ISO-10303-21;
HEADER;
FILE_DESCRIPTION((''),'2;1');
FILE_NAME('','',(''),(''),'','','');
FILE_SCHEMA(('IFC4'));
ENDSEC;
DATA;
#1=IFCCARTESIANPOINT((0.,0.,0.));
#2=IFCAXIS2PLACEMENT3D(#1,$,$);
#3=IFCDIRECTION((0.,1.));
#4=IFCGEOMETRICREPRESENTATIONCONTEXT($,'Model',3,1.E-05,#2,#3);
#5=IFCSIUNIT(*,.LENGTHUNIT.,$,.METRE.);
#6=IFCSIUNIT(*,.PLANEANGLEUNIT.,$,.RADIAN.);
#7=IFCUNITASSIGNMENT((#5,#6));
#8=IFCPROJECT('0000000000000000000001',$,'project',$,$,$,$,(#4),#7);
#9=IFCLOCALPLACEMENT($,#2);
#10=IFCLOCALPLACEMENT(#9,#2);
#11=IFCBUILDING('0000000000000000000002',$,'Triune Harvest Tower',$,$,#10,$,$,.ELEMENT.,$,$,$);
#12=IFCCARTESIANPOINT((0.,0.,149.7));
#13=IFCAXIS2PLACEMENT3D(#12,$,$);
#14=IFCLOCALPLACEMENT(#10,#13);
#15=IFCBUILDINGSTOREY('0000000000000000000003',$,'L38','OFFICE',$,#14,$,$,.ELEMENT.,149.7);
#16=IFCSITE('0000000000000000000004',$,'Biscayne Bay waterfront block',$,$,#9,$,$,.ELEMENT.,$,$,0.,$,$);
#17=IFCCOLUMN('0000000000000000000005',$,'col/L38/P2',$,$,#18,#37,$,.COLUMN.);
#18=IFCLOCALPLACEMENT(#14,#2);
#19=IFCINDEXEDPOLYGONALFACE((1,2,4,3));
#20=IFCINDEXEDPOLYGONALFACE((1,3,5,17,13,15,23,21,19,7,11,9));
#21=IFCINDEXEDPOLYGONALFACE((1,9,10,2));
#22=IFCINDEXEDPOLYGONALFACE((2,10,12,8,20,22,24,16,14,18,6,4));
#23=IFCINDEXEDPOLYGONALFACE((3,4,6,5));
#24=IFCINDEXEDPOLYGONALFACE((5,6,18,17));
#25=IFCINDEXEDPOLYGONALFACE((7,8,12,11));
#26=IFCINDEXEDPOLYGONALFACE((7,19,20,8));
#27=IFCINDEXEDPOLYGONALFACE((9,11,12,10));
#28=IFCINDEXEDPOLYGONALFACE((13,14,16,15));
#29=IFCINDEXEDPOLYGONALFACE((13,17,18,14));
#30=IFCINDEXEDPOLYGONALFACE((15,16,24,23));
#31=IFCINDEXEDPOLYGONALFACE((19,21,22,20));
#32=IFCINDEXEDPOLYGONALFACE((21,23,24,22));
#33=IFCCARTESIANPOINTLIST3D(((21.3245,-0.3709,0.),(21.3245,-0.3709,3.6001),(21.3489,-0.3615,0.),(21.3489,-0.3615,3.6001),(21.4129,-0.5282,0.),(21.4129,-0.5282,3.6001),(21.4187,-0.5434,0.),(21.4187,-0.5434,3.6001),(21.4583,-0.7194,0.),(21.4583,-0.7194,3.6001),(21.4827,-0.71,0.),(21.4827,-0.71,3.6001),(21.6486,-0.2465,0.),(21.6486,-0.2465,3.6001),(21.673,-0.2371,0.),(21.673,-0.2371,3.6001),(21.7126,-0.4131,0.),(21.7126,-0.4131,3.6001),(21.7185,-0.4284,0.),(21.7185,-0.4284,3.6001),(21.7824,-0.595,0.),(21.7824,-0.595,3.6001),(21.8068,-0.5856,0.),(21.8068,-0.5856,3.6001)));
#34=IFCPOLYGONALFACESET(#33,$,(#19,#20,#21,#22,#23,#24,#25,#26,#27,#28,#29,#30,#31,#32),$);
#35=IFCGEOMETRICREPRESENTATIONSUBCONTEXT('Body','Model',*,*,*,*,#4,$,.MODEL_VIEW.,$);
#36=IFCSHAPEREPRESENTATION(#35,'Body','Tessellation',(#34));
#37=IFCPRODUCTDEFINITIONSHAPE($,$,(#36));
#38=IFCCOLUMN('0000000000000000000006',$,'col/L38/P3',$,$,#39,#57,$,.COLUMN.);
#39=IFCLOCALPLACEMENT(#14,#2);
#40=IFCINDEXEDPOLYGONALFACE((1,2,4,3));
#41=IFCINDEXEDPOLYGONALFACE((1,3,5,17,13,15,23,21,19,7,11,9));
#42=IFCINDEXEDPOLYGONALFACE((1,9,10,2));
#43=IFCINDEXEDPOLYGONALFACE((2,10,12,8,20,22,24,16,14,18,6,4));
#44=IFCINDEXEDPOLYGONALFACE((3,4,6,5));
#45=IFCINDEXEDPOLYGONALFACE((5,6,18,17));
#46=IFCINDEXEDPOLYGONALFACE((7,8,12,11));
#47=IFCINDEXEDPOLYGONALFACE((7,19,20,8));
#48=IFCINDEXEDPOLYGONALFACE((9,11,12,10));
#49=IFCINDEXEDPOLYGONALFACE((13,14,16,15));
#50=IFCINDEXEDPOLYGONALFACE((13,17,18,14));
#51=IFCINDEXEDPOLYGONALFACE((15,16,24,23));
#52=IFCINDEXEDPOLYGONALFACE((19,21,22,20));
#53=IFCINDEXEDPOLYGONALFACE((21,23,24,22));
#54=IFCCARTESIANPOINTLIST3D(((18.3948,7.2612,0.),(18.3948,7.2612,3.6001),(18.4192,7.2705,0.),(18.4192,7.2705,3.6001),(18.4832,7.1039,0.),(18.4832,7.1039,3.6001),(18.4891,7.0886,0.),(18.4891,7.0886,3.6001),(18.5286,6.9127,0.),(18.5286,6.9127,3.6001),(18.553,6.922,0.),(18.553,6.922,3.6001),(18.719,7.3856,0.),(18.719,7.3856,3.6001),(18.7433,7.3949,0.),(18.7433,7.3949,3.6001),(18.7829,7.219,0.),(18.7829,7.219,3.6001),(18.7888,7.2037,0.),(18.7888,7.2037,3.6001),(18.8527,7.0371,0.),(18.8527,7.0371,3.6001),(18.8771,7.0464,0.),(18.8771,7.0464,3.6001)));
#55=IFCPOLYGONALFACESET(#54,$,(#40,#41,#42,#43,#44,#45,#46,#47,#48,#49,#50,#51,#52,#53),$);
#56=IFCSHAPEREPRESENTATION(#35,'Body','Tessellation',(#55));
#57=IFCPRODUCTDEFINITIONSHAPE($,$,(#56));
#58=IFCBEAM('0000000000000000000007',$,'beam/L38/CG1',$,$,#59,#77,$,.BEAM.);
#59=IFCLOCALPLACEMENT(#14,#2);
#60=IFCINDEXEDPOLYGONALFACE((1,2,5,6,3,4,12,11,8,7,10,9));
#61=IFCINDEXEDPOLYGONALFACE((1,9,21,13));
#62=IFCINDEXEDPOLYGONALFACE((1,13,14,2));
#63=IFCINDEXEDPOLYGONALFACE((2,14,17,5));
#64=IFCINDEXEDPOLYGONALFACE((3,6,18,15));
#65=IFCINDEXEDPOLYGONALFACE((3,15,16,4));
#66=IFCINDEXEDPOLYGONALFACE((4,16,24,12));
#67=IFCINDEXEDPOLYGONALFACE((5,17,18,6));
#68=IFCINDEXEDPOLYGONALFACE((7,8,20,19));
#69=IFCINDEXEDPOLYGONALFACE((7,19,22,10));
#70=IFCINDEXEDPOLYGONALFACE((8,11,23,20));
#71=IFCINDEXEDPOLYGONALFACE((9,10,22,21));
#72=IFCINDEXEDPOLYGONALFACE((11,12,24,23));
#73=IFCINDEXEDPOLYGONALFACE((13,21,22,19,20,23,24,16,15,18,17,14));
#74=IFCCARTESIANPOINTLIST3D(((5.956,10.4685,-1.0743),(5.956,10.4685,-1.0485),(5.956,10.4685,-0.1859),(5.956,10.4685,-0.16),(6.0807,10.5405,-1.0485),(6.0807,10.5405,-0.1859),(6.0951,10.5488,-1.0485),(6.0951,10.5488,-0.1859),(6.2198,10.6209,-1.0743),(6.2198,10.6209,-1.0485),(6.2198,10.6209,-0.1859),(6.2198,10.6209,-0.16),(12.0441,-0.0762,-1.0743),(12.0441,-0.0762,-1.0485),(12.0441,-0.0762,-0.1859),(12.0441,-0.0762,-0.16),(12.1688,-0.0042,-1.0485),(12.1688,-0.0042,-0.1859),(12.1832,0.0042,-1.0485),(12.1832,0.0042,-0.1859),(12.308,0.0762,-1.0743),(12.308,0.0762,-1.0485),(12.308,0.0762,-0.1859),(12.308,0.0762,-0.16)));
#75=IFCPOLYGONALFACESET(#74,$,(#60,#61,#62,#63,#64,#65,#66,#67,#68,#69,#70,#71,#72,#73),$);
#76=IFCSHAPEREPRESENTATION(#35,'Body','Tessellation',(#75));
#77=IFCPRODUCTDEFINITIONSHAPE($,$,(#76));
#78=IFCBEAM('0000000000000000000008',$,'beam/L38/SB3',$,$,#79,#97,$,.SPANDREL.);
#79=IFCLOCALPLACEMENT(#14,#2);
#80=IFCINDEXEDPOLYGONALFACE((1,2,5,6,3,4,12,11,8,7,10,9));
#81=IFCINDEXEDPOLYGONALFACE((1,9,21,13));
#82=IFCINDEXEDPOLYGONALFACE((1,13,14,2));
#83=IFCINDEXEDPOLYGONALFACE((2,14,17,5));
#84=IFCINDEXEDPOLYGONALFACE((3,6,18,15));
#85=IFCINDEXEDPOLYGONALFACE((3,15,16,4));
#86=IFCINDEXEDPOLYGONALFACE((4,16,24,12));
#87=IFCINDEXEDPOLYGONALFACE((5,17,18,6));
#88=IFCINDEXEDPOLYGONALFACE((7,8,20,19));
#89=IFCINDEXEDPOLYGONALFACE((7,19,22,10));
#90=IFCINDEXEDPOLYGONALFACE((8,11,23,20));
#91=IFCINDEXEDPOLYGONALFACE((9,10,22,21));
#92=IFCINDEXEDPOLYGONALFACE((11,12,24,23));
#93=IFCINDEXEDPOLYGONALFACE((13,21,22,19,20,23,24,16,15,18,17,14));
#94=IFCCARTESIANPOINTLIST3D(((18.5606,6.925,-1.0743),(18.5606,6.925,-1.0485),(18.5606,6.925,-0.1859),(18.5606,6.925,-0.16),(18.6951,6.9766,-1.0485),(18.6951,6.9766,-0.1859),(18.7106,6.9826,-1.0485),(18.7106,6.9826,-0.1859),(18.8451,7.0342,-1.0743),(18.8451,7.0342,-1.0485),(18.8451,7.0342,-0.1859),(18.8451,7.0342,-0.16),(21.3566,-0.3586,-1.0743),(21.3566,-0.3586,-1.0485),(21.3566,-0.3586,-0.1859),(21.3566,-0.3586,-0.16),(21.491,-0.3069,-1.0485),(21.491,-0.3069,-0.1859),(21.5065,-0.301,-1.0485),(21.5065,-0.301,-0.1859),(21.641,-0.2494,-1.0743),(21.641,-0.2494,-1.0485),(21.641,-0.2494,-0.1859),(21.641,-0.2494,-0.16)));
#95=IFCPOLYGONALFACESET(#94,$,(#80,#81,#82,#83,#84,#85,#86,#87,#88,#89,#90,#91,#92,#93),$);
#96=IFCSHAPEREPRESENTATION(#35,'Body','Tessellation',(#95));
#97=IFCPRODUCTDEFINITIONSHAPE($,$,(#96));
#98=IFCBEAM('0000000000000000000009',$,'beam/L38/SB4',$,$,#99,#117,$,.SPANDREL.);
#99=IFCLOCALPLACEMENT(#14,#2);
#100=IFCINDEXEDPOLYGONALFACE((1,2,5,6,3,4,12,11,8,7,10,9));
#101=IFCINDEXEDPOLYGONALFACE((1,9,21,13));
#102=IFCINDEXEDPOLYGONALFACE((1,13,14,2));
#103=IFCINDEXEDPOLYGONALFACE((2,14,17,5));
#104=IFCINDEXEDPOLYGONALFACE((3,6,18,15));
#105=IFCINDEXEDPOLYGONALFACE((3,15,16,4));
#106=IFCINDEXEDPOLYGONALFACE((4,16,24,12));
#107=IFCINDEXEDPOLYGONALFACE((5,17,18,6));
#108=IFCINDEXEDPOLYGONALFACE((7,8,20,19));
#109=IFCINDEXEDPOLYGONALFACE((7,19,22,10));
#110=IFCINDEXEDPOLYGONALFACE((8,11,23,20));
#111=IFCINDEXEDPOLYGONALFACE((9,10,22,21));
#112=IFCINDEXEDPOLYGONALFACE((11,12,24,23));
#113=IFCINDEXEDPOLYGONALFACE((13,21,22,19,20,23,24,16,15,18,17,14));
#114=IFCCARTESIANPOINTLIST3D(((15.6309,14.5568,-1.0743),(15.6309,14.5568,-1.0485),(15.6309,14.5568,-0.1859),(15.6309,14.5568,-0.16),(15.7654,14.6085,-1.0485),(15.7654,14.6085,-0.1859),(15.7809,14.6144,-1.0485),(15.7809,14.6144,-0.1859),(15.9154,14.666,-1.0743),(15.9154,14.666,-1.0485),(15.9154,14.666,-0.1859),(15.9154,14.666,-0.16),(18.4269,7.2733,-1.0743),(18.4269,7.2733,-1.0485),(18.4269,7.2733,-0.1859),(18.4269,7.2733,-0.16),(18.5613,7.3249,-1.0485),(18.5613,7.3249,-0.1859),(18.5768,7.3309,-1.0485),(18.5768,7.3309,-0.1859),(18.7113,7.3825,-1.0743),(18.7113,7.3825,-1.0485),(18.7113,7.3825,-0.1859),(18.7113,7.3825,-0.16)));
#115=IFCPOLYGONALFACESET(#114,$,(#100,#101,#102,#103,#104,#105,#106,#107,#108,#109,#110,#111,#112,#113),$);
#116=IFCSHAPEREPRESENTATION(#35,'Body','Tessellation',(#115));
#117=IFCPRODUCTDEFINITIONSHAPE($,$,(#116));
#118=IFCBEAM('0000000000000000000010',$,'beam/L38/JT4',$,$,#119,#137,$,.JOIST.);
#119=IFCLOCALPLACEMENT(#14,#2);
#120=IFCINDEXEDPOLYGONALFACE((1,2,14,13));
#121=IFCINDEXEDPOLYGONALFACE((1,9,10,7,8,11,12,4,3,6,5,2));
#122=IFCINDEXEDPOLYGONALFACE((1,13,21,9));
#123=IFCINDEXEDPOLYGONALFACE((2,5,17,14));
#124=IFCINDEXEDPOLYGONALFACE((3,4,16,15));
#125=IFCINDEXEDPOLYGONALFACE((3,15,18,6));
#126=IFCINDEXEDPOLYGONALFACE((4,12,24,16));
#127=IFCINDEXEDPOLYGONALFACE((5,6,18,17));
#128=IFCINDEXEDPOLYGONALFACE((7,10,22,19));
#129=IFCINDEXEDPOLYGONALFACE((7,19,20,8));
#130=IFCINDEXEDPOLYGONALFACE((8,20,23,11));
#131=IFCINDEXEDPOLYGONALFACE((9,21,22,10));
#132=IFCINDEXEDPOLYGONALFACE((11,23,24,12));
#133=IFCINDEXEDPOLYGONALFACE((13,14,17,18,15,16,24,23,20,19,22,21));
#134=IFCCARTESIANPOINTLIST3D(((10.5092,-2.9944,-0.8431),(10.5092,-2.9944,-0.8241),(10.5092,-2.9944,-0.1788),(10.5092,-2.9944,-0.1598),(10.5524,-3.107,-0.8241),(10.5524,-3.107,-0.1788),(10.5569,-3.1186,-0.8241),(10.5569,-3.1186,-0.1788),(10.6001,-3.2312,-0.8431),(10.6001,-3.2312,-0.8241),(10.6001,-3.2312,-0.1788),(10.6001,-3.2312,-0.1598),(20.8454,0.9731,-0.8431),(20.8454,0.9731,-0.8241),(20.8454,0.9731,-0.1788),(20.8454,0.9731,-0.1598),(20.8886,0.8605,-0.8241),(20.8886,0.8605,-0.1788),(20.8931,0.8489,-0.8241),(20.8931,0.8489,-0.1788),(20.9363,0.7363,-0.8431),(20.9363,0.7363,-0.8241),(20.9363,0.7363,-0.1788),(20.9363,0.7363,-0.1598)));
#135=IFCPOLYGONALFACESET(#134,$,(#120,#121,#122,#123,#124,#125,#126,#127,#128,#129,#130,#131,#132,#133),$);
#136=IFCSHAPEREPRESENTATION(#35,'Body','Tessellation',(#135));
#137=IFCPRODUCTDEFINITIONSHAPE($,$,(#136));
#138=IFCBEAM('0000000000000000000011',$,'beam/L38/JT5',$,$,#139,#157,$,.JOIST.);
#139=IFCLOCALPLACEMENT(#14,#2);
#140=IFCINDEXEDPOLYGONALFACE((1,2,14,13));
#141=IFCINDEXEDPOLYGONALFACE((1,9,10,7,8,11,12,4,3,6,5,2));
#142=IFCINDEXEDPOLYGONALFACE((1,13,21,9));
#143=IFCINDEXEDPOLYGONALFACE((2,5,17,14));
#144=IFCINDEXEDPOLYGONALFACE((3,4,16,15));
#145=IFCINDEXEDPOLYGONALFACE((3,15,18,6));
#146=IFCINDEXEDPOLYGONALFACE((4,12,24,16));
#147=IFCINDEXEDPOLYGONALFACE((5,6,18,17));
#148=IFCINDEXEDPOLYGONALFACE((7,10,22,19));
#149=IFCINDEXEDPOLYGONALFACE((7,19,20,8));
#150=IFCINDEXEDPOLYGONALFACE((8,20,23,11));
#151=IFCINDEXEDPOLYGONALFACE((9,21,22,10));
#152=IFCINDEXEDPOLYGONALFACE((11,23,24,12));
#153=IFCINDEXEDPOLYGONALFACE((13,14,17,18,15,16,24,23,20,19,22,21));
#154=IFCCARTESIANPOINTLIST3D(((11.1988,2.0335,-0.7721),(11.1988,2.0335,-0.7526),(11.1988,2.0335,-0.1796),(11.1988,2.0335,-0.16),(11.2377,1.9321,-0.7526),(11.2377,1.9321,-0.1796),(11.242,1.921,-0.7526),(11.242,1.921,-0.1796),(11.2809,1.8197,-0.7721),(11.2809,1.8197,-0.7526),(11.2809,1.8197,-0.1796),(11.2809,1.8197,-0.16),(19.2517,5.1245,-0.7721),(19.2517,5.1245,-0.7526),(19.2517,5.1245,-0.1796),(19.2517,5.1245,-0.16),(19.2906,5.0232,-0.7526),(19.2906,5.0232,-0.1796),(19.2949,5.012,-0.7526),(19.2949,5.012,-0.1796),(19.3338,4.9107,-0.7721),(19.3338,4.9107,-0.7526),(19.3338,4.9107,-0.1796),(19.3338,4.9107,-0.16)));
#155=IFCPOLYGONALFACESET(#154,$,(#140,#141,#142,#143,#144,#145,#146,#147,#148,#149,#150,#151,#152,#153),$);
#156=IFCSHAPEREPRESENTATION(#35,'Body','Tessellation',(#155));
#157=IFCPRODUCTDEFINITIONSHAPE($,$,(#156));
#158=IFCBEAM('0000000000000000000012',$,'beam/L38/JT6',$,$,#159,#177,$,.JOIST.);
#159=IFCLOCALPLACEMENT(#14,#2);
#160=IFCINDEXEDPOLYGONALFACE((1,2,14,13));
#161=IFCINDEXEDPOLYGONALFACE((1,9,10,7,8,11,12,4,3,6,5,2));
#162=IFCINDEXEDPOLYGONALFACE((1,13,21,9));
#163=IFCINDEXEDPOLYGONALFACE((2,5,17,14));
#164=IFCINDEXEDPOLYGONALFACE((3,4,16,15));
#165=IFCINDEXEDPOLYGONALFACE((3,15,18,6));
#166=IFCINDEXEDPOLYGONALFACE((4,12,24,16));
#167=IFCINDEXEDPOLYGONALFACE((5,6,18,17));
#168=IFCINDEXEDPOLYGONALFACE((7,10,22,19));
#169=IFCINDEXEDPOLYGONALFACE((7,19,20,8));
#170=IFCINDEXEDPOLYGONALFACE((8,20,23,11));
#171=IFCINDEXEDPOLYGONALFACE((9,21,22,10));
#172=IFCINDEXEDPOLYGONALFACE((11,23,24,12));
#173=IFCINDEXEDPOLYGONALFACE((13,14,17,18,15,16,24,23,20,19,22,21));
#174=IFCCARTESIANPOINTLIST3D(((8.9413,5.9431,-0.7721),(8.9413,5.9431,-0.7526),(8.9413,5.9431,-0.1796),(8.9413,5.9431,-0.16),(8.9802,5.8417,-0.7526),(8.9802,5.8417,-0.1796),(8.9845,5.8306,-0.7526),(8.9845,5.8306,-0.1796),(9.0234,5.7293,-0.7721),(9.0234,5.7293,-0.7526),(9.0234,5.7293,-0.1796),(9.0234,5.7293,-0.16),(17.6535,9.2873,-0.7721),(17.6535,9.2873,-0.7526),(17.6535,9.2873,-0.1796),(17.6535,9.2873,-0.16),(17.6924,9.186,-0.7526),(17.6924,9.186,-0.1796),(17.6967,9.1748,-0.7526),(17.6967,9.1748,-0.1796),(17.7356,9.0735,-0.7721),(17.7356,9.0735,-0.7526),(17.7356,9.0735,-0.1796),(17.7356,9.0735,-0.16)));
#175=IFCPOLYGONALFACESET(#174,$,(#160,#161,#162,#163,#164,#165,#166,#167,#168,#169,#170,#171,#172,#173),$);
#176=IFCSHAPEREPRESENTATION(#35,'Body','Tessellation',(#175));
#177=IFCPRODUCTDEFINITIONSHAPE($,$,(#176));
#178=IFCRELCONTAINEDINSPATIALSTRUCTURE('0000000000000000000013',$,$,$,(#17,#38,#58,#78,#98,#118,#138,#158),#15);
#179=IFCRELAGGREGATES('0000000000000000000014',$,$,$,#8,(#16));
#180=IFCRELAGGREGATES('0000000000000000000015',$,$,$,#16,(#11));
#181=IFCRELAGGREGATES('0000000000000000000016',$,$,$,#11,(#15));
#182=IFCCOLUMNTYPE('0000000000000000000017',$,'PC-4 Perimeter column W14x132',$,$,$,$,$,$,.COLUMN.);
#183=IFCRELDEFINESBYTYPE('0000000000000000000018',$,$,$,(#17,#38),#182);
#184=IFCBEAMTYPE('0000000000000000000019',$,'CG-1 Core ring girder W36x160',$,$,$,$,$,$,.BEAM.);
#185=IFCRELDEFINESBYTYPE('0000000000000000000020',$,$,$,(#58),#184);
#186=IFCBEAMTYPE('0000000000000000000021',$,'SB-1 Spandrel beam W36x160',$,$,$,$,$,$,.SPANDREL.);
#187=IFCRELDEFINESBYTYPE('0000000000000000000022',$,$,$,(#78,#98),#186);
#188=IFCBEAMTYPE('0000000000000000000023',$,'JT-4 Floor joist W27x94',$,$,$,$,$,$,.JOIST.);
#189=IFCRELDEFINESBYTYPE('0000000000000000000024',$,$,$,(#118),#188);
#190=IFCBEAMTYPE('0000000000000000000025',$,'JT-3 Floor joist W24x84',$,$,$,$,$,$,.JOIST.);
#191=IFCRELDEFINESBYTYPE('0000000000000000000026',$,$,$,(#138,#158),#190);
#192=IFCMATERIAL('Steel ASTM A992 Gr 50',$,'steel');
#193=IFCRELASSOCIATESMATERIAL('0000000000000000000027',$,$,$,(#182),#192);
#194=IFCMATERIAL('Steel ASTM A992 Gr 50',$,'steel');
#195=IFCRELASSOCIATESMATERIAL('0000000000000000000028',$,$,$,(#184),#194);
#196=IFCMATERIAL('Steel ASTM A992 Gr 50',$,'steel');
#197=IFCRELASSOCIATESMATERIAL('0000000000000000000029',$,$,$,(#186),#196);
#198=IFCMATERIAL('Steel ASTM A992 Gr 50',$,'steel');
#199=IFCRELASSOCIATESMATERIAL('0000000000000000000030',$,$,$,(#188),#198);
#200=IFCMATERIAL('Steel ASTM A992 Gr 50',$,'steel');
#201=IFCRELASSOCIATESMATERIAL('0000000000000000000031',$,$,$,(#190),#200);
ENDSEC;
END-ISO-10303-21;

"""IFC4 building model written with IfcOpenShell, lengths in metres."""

from ifc_helpers import new_model, si_unit, direction, frame, origin, origin_2d, place, context, subcontext, project, spatial, i_section, extrude, source, transform, mapped, material, material_profile, profile_set, type_object, element, save


model = new_model("IFC4")

# Units and contexts
model_context = context("Model", 3, precision=1e-05, world=origin(), true_north=direction((0.0, 1.0)))
body_context = subcontext(model_context, "Body", "Model", "MODEL_VIEW")
ifc_project = project(units=[si_unit("LENGTHUNIT", "METRE"), si_unit("PLANEANGLEUNIT", "RADIAN")], contexts=[model_context])

# Site, building, storey
site_placement = place(None, origin())
site = spatial("IfcSite", under=ifc_project, at=site_placement, Name="Biscayne Bay waterfront block", CompositionType="ELEMENT", RefElevation=0.0)
building_placement = place(site_placement, origin())
building = spatial("IfcBuilding", under=site, at=building_placement, Name="Triune Harvest Tower", CompositionType="ELEMENT")
storey_placement = place(building_placement, frame((0.0, 0.0, 149.7)))
storey = spatial("IfcBuildingStorey", under=building, at=storey_placement, Name="L38", Description="OFFICE", CompositionType="ELEMENT", Elevation=149.7)

# Columns
ifc_material_1 = material(Name="Steel ASTM A992 Gr 50", Category="steel")
ifc_material_profile_1 = material_profile(ifc_material_1, i_section(OverallWidth=0.3733, OverallDepth=0.3733, WebThickness=0.0164, FlangeThickness=0.0261, at=origin_2d()), Name="W14x132")
ifc_profile_set_1 = profile_set([ifc_material_profile_1], Name="Steel ASTM A992 Gr 50")
column_type = type_object("IfcColumnType", Name="PC-4 Perimeter column W14x132", PredefinedType="COLUMN", material=ifc_profile_set_1)
shared_shape_1 = source(origin(), body_context, "Body", "SweptSolid", [
    extrude(i_section(OverallWidth=0.3733, OverallDepth=0.3733, WebThickness=0.0164, FlangeThickness=0.0261, at=origin_2d()), origin(), (0.0, 0.0, 1.0), 3.6001),
])
for number, where, z_axis, x_axis, name in (
    (1, (21.5657, -0.4783, 0.0), (0.0, 0.0, 1.0), (-0.358368, 0.93358, 0.0), "col/L38/P2"),
    (2, (18.636, 7.1538, 0.0), (0.0, 0.0, 1.0), (-0.358368, 0.93358, 0.0), "col/L38/P3"),
):
    element("IfcColumn", number, at=place(storey_placement, frame(where, z_axis=z_axis, x_axis=x_axis)), inside=storey, type_object=column_type, Name=name, PredefinedType="COLUMN", context=body_context, shape_type="MappedRepresentation", body=[
        mapped(shared_shape_1, transform((0.0, 0.0, 0.0), scale=1.0)),
    ])

# Beams
ifc_material_2 = material(Name="Steel ASTM A992 Gr 50", Category="steel")
ifc_material_profile_2 = material_profile(ifc_material_2, i_section(OverallWidth=0.3047, OverallDepth=0.9143, WebThickness=0.0166, FlangeThickness=0.0259, at=origin_2d()), Name="W36x160")
ifc_profile_set_2 = profile_set([ifc_material_profile_2], Name="Steel ASTM A992 Gr 50")
beam_type_1 = type_object("IfcBeamType", Name="CG-1 Core ring girder W36x160", PredefinedType="BEAM", material=ifc_profile_set_2)
shared_shape_2 = source(origin(), body_context, "Body", "SweptSolid", [
    extrude(i_section(OverallWidth=0.3047, OverallDepth=0.9143, WebThickness=0.0166, FlangeThickness=0.0259, at=origin_2d()), origin(), (0.0, 0.0, 1.0), 12.176),
])
beam_1_placement = place(storey_placement, frame((12.176, 0.0, -0.6172), z_axis=(-0.50001, 0.86602, 0.0), x_axis=(-0.86602, -0.50001, 0.0)))
element("IfcBeam", 3, at=beam_1_placement, inside=storey, type_object=beam_type_1, Name="beam/L38/CG1", PredefinedType="BEAM", context=body_context, shape_type="MappedRepresentation", body=[
    mapped(shared_shape_2, transform((0.0, 0.0, 0.0), scale=1.0)),
])
ifc_material_3 = material(Name="Steel ASTM A992 Gr 50", Category="steel")
ifc_material_profile_3 = material_profile(ifc_material_3, i_section(OverallWidth=0.3047, OverallDepth=0.9143, WebThickness=0.0166, FlangeThickness=0.0259, at=origin_2d()), Name="W36x160")
ifc_profile_set_3 = profile_set([ifc_material_profile_3], Name="Steel ASTM A992 Gr 50")
beam_type_2 = type_object("IfcBeamType", Name="SB-1 Spandrel beam W36x160", PredefinedType="SPANDREL", material=ifc_profile_set_3)
shared_shape_3 = source(origin(), body_context, "Body", "SweptSolid", [
    extrude(i_section(OverallWidth=0.3047, OverallDepth=0.9143, WebThickness=0.0166, FlangeThickness=0.0259, at=origin_2d()), origin(), (0.0, 0.0, 1.0), 7.8018),
])
for number, where, z_axis, x_axis, name in (
    (4, (21.4988, -0.304, -0.6172), (-0.358373, 0.933578, 0.0), (-0.933578, -0.358373, 0.0), "beam/L38/SB3"),
    (5, (18.5691, 7.3279, -0.6172), (-0.358373, 0.933578, 0.0), (-0.933578, -0.358373, 0.0), "beam/L38/SB4"),
):
    element("IfcBeam", number, at=place(storey_placement, frame(where, z_axis=z_axis, x_axis=x_axis)), inside=storey, type_object=beam_type_2, Name=name, PredefinedType="SPANDREL", context=body_context, shape_type="MappedRepresentation", body=[
        mapped(shared_shape_3, transform((0.0, 0.0, 0.0), scale=1.0)),
    ])
ifc_material_4 = material(Name="Steel ASTM A992 Gr 50", Category="steel")
ifc_material_profile_4 = material_profile(ifc_material_4, i_section(OverallWidth=0.2537, OverallDepth=0.6833, WebThickness=0.0125, FlangeThickness=0.019, at=origin_2d()), Name="W27x94")
ifc_profile_set_4 = profile_set([ifc_material_profile_4], Name="Steel ASTM A992 Gr 50")
beam_type_3 = type_object("IfcBeamType", Name="JT-4 Floor joist W27x94", PredefinedType="JOIST", material=ifc_profile_set_4)
shared_shape_4 = source(origin(), body_context, "Body", "SweptSolid", [
    extrude(i_section(OverallWidth=0.2537, OverallDepth=0.6833, WebThickness=0.0125, FlangeThickness=0.019, at=origin_2d()), origin(), (0.0, 0.0, 1.0), 11.0715),
])
beam_2_placement = place(storey_placement, frame((20.8909, 0.8547, -0.5015), z_axis=(-0.933585, -0.358355, 0.0), x_axis=(0.358355, -0.933585, 0.0)))
element("IfcBeam", 6, at=beam_2_placement, inside=storey, type_object=beam_type_3, Name="beam/L38/JT4", PredefinedType="JOIST", context=body_context, shape_type="MappedRepresentation", body=[
    mapped(shared_shape_4, transform((0.0, 0.0, 0.0), scale=1.0)),
])
ifc_material_5 = material(Name="Steel ASTM A992 Gr 50", Category="steel")
ifc_material_profile_5 = material_profile(ifc_material_5, i_section(OverallWidth=0.229, OverallDepth=0.6121, WebThickness=0.012, FlangeThickness=0.0195, at=origin_2d()), Name="W24x84")
ifc_profile_set_5 = profile_set([ifc_material_profile_5], Name="Steel ASTM A992 Gr 50")
beam_type_4 = type_object("IfcBeamType", Name="JT-3 Floor joist W24x84", PredefinedType="JOIST", material=ifc_profile_set_5)
shared_shape_5 = source(origin(), body_context, "Body", "SweptSolid", [
    extrude(i_section(OverallWidth=0.229, OverallDepth=0.6121, WebThickness=0.012, FlangeThickness=0.0195, at=origin_2d()), origin(), (0.0, 0.0, 1.0), 8.6257),
])
beam_3_placement = place(storey_placement, frame((19.2927, 5.0176, -0.4661), z_axis=(-0.933588, -0.358349, 0.0), x_axis=(0.358349, -0.933588, 0.0)))
element("IfcBeam", 7, at=beam_3_placement, inside=storey, type_object=beam_type_4, Name="beam/L38/JT5", PredefinedType="JOIST", context=body_context, shape_type="MappedRepresentation", body=[
    mapped(shared_shape_5, transform((0.0, 0.0, 0.0), scale=1.0)),
])
shared_shape_6 = source(origin(), body_context, "Body", "SweptSolid", [
    extrude(i_section(OverallWidth=0.229, OverallDepth=0.6121, WebThickness=0.012, FlangeThickness=0.0195, at=origin_2d()), origin(), (0.0, 0.0, 1.0), 9.332),
])
beam_4_placement = place(storey_placement, frame((17.6946, 9.1804, -0.4661), z_axis=(-0.933582, -0.358364, 0.0), x_axis=(0.358364, -0.933582, 0.0)))
element("IfcBeam", 8, at=beam_4_placement, inside=storey, type_object=beam_type_4, Name="beam/L38/JT6", PredefinedType="JOIST", context=body_context, shape_type="MappedRepresentation", body=[
    mapped(shared_shape_6, transform((0.0, 0.0, 0.0), scale=1.0)),
])

save(model, "model.ifc")
